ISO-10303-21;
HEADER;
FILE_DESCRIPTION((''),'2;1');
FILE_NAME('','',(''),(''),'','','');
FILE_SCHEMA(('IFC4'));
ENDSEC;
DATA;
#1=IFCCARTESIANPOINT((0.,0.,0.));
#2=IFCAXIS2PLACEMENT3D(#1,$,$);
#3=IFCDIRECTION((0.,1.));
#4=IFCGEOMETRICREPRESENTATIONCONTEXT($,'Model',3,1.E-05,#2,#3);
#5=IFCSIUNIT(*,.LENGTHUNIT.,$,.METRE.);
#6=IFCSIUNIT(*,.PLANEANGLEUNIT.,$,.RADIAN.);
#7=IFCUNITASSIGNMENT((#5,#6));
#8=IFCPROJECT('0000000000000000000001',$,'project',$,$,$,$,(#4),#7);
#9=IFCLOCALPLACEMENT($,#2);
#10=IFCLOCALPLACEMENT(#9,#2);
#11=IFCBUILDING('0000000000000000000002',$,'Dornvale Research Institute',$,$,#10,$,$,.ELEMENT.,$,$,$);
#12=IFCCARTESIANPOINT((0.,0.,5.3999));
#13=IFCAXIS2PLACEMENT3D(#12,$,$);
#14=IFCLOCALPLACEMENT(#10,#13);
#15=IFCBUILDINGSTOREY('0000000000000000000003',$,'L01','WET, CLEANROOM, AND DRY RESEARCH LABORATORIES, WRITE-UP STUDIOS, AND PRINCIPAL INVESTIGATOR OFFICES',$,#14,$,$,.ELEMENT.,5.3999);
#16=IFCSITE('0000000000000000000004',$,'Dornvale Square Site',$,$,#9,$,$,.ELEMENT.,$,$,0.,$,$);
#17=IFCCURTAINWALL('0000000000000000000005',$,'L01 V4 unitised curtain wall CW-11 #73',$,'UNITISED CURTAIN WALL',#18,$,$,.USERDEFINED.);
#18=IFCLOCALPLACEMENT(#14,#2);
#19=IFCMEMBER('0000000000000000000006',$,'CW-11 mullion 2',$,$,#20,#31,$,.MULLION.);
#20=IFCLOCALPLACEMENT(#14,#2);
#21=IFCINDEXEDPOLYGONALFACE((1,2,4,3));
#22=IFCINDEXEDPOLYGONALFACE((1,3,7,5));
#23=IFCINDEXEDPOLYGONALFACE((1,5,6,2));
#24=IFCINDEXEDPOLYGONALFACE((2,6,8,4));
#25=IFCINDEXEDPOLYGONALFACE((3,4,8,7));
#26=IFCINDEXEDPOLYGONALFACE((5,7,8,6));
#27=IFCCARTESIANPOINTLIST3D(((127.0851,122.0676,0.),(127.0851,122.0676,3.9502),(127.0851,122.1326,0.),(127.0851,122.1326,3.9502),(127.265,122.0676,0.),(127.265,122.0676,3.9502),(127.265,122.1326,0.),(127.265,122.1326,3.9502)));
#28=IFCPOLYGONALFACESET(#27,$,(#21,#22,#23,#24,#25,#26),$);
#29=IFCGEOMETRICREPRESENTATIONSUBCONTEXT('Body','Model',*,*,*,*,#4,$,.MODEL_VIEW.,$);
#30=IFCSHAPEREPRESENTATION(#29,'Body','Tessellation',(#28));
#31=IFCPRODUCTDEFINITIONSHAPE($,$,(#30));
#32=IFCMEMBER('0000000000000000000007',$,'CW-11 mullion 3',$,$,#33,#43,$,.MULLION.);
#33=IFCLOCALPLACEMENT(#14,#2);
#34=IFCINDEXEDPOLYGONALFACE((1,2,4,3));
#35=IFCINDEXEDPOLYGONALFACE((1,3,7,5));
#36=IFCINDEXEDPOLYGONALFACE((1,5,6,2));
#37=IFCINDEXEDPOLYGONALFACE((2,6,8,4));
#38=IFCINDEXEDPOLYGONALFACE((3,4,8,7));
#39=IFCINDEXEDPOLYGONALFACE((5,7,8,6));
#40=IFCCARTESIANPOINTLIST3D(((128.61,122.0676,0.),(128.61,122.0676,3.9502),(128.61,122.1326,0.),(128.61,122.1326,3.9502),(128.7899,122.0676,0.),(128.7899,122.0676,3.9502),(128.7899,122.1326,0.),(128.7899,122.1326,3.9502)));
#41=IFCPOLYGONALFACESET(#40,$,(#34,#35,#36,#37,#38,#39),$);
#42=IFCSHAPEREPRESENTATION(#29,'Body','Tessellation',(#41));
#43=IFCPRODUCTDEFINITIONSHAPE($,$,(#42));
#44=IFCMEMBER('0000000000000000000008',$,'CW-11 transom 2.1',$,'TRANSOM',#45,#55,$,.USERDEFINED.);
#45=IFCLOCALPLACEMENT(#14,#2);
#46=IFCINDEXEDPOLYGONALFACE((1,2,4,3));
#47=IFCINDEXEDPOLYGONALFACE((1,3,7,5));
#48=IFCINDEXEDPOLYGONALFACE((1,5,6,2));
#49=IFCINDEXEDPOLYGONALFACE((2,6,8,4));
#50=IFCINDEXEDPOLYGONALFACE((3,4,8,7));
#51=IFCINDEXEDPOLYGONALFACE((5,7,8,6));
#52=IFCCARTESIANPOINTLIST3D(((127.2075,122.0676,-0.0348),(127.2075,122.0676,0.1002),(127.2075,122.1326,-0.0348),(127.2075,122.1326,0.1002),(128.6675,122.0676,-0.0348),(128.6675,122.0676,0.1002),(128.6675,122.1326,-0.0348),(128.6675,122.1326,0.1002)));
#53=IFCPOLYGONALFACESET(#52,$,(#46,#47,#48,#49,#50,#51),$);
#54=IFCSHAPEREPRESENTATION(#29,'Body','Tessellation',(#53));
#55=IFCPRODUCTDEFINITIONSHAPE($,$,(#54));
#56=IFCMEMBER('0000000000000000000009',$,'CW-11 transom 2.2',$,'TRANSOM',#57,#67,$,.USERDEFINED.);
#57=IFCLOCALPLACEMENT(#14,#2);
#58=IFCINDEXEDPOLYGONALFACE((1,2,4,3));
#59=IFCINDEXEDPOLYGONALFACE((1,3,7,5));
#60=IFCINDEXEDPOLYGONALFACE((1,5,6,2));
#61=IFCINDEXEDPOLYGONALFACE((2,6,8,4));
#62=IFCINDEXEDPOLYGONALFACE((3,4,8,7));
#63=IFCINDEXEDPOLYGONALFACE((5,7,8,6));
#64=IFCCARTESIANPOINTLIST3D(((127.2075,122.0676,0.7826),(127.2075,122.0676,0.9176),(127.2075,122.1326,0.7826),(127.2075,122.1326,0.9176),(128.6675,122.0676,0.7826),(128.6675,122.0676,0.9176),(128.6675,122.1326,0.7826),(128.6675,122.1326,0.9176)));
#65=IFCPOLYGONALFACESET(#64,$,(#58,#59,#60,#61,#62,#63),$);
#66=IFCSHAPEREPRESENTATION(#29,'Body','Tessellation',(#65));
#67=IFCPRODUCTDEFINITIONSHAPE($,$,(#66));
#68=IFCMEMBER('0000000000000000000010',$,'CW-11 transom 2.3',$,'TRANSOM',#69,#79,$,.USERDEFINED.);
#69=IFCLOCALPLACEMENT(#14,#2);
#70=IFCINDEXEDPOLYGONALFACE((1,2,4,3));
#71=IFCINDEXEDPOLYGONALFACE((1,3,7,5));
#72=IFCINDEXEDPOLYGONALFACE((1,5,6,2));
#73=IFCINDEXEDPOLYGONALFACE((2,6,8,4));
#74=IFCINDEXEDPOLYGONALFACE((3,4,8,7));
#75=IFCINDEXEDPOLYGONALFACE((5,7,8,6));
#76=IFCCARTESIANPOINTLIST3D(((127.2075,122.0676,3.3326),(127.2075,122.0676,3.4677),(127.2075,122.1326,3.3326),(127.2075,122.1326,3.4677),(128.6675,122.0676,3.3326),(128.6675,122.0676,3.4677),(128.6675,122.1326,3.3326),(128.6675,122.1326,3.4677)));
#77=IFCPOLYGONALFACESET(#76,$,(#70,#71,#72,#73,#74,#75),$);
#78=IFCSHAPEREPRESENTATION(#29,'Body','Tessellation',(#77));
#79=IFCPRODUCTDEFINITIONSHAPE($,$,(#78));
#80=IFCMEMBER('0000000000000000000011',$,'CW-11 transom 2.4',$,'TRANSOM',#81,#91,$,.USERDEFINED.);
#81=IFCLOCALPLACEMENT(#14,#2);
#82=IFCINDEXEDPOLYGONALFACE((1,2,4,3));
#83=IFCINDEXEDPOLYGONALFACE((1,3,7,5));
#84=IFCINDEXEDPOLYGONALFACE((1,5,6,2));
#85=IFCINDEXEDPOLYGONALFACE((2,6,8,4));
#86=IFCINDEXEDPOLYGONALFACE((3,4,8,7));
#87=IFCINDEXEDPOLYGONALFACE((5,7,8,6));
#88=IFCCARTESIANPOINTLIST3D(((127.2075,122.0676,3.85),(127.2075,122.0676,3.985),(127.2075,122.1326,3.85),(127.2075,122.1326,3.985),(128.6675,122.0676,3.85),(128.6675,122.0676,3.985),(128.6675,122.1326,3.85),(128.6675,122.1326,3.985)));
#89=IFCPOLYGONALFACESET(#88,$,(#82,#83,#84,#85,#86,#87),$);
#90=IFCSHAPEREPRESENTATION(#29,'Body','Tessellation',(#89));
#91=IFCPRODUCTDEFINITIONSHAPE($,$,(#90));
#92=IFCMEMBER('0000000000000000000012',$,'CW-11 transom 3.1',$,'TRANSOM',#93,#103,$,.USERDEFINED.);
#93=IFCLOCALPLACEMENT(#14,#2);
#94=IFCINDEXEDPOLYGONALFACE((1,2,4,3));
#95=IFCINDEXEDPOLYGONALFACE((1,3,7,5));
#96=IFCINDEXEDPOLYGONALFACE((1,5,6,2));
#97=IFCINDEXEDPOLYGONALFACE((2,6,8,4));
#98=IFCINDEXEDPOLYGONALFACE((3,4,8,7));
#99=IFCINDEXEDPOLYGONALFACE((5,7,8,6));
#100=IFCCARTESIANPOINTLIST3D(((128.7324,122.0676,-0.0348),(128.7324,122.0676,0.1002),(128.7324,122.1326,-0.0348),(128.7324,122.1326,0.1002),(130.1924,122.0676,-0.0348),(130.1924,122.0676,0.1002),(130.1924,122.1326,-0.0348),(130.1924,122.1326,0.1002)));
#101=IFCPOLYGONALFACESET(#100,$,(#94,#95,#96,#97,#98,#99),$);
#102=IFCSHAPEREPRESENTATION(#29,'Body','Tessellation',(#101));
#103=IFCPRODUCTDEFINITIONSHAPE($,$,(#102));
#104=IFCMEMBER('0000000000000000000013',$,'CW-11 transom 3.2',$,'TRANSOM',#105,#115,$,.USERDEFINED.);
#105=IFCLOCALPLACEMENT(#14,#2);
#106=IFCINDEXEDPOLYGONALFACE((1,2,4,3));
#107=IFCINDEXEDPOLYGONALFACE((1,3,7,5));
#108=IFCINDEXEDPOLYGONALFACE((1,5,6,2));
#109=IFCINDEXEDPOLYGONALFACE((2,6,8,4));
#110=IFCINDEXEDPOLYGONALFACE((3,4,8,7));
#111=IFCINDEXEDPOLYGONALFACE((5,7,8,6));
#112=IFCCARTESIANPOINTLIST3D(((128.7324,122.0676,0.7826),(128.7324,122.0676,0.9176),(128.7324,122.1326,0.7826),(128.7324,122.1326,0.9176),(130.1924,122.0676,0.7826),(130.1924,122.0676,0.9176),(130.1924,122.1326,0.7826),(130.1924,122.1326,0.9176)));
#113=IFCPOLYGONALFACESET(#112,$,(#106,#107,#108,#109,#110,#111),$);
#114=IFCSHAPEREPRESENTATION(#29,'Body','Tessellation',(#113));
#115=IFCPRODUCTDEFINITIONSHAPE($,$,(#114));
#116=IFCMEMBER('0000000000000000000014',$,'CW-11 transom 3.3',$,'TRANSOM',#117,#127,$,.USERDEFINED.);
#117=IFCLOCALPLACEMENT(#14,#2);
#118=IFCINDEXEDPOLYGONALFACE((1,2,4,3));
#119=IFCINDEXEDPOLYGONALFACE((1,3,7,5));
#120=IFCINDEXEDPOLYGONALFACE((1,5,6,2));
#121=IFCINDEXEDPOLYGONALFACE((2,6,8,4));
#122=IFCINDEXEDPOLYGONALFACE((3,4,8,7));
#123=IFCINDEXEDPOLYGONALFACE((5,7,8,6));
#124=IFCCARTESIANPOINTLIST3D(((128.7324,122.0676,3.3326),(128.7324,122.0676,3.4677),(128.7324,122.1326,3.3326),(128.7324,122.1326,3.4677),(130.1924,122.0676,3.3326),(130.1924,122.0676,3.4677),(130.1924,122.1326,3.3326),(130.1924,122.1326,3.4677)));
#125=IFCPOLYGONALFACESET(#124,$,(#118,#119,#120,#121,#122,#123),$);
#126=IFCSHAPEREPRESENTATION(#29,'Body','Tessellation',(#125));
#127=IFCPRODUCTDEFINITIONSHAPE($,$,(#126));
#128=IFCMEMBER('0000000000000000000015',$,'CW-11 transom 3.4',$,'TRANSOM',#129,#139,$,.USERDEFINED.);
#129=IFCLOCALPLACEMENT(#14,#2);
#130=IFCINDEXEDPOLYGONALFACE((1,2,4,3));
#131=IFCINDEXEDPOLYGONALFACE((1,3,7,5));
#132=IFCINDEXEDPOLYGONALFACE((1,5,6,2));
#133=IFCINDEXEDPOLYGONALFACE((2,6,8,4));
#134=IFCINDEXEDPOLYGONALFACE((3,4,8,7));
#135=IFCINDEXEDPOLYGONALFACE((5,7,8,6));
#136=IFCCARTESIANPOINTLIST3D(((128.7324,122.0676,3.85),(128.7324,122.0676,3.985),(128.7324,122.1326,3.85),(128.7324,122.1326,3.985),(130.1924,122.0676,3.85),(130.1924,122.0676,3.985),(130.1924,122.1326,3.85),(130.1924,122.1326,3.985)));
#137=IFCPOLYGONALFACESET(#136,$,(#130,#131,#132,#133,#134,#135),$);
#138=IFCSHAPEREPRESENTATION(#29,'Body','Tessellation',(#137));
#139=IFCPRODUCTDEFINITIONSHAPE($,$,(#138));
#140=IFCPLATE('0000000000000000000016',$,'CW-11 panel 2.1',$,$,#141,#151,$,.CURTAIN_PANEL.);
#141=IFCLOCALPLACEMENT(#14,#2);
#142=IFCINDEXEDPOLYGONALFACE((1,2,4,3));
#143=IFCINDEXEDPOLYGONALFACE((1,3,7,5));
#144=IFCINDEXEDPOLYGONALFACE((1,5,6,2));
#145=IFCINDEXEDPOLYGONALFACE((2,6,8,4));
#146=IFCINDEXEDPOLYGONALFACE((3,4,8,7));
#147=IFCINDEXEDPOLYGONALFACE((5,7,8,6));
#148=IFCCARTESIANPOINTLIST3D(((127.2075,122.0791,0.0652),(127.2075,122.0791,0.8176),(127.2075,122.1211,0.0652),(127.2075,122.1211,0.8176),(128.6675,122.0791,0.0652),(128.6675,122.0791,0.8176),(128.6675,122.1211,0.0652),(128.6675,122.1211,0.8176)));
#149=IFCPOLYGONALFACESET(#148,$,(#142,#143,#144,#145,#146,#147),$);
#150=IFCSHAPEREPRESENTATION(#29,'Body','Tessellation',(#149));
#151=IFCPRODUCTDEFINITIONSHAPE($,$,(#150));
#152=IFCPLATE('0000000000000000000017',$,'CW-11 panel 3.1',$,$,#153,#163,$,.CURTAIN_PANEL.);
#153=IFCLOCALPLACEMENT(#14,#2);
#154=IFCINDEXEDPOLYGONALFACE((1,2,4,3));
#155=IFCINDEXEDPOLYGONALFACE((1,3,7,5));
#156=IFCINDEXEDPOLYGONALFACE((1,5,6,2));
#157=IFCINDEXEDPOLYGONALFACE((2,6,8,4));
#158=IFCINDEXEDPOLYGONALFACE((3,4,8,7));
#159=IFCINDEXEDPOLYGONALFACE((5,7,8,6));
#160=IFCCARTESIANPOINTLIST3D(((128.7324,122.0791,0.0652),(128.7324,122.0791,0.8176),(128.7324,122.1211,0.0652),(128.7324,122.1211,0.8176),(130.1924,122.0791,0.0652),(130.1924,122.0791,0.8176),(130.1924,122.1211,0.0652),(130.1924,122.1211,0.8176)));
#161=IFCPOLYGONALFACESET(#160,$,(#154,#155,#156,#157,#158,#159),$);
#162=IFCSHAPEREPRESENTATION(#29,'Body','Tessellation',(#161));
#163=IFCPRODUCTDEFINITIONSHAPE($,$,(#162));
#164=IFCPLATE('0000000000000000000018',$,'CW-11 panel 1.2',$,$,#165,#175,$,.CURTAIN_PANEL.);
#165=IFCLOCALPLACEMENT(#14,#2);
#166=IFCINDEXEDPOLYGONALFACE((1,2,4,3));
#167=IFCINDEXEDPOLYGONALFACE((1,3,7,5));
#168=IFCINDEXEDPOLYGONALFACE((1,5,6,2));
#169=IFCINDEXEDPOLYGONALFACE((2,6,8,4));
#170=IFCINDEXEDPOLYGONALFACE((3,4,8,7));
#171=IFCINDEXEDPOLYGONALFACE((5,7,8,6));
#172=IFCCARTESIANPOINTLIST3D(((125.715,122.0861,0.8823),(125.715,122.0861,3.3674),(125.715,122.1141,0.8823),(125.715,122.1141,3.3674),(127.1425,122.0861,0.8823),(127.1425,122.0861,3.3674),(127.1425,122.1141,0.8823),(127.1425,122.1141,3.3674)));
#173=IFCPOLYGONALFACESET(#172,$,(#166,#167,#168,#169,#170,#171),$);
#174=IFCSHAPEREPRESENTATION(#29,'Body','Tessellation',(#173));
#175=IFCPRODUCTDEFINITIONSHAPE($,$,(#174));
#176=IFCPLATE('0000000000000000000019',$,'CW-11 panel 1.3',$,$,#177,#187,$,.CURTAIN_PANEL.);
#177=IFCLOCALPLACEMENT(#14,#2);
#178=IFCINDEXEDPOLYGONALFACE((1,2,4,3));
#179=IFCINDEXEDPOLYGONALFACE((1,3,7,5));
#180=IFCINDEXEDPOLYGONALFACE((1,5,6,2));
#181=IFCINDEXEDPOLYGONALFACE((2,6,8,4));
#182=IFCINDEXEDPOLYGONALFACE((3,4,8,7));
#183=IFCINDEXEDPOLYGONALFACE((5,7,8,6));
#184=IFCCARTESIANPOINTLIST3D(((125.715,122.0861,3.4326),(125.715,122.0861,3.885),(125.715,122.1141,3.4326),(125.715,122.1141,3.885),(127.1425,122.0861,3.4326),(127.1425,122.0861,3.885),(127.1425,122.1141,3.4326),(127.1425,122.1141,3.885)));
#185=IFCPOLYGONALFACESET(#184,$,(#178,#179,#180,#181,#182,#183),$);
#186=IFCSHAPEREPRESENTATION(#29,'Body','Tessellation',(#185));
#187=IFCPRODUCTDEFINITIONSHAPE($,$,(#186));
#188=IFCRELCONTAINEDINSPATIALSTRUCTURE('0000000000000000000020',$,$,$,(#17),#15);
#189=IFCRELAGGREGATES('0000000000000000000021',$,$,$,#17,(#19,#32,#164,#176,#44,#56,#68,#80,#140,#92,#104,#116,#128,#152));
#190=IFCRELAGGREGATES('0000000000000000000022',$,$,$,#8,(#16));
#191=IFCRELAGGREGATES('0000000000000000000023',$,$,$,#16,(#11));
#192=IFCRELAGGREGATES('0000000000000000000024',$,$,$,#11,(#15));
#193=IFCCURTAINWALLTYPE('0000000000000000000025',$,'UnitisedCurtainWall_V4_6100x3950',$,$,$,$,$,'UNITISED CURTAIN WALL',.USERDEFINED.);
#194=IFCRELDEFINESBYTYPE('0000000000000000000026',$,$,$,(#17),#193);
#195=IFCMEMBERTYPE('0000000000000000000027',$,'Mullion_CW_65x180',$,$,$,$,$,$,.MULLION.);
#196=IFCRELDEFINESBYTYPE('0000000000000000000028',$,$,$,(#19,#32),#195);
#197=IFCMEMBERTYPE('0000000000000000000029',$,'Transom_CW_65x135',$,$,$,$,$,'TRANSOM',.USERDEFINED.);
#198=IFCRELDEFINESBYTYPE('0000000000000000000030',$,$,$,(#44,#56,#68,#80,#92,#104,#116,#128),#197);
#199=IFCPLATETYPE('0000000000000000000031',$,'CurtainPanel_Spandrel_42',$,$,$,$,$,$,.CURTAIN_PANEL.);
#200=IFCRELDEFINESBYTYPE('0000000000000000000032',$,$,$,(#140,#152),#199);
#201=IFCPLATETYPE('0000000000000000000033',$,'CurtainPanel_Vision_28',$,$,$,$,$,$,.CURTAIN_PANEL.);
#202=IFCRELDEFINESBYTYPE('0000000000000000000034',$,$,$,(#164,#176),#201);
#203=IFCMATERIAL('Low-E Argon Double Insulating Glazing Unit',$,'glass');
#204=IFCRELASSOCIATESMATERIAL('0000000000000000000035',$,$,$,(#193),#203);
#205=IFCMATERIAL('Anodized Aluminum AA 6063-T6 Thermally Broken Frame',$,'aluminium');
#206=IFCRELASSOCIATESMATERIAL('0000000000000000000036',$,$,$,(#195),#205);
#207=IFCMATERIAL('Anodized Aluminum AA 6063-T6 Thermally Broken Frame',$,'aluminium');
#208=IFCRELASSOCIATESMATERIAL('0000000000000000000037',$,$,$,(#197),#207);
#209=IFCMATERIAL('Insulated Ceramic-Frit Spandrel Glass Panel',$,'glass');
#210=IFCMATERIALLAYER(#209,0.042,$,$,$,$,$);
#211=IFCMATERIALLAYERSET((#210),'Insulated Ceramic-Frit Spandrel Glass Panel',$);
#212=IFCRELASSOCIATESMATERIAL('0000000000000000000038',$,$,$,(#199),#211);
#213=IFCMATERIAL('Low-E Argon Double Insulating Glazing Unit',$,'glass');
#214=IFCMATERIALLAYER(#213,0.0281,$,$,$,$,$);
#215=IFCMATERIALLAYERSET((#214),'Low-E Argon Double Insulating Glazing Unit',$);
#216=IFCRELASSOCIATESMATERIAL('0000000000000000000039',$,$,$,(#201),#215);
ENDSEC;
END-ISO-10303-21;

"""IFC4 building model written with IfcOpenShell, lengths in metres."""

from ifc_helpers import new_model, si_unit, direction, frame, origin, origin_2d, place, context, subcontext, project, spatial, rectangle, extrude, material, layer, layer_set, material_profile, profile_set, type_object, element, aggregate, save


model = new_model("IFC4")

# Units and contexts
model_context = context("Model", 3, precision=1e-05, world=origin(), true_north=direction((0.0, 1.0)))
body_context = subcontext(model_context, "Body", "Model", "MODEL_VIEW")
ifc_project = project(units=[si_unit("LENGTHUNIT", "METRE"), si_unit("PLANEANGLEUNIT", "RADIAN")], contexts=[model_context])

# Site, building, storey
site_placement = place(None, origin())
site = spatial("IfcSite", under=ifc_project, at=site_placement, Name="Dornvale Square Site", CompositionType="ELEMENT", RefElevation=0.0)
building_placement = place(site_placement, origin())
building = spatial("IfcBuilding", under=site, at=building_placement, Name="Dornvale Research Institute", CompositionType="ELEMENT")
storey_placement = place(building_placement, frame((0.0, 0.0, 5.3999)))
storey = spatial("IfcBuildingStorey", under=building, at=storey_placement, Name="L01", Description="WET, CLEANROOM, AND DRY RESEARCH LABORATORIES, WRITE-UP STUDIOS, AND PRINCIPAL INVESTIGATOR OFFICES", CompositionType="ELEMENT", Elevation=5.3999)

# Curtain wall, members, plates
ifc_material_1 = material(Name="Low-E Argon Double Insulating Glazing Unit", Category="glass")
curtain_wall_type = type_object("IfcCurtainWallType", Name="UnitisedCurtainWall_V4_6100x3950", ElementType="UNITISED CURTAIN WALL", PredefinedType="USERDEFINED", material=ifc_material_1)
curtain_wall_placement = place(storey_placement, origin())
curtain_wall = element("IfcCurtainWall", 1, at=curtain_wall_placement, inside=storey, type_object=curtain_wall_type, Name="L01 V4 unitised curtain wall CW-11 #73", ObjectType="UNITISED CURTAIN WALL", PredefinedType="USERDEFINED")
ifc_material_2 = material(Name="Anodized Aluminum AA 6063-T6 Thermally Broken Frame", Category="aluminium")
ifc_material_profile_1 = material_profile(ifc_material_2, rectangle(XDim=0.0649, YDim=0.1799, at=origin_2d()), Name="ALU MULLION 65x180")
ifc_profile_set_1 = profile_set([ifc_material_profile_1], Name="Anodized Aluminum AA 6063-T6 Thermally Broken Frame")
member_type_1 = type_object("IfcMemberType", Name="Mullion_CW_65x180", PredefinedType="MULLION", material=ifc_profile_set_1)
member_1_placement = place(storey_placement, frame((127.175, 122.1001, 0.0), z_axis=(0.0, 0.0, 1.0), x_axis=(0.0, 1.0, 0.0)))
member_1 = element("IfcMember", 2, at=member_1_placement, type_object=member_type_1, Name="CW-11 mullion 2", PredefinedType="MULLION", context=body_context, shape_type="SweptSolid", body=[
    extrude(rectangle(XDim=0.0649, YDim=0.1799, at=origin_2d()), origin(), (0.0, 0.0, 1.0), 3.9502),
])
member_2_placement = place(storey_placement, frame((128.7, 122.1001, 0.0), z_axis=(0.0, 0.0, 1.0), x_axis=(0.0, 1.0, 0.0)))
member_2 = element("IfcMember", 3, at=member_2_placement, type_object=member_type_1, Name="CW-11 mullion 3", PredefinedType="MULLION", context=body_context, shape_type="SweptSolid", body=[
    extrude(rectangle(XDim=0.0649, YDim=0.1799, at=origin_2d()), origin(), (0.0, 0.0, 1.0), 3.9502),
])
ifc_material_3 = material(Name="Anodized Aluminum AA 6063-T6 Thermally Broken Frame", Category="aluminium")
ifc_material_profile_2 = material_profile(ifc_material_3, rectangle(XDim=0.0649, YDim=0.135, at=origin_2d()), Name="ALU TRANSOM 65x135")
ifc_profile_set_2 = profile_set([ifc_material_profile_2], Name="Anodized Aluminum AA 6063-T6 Thermally Broken Frame")
member_type_2 = type_object("IfcMemberType", Name="Transom_CW_65x135", ElementType="TRANSOM", PredefinedType="USERDEFINED", material=ifc_profile_set_2)
member_3_placement = place(storey_placement, frame((127.2075, 122.1001, 0.0327), z_axis=(1.0, 0.0, 0.0), x_axis=(0.0, 1.0, 0.0)))
member_3 = element("IfcMember", 4, at=member_3_placement, type_object=member_type_2, Name="CW-11 transom 2.1", ObjectType="TRANSOM", PredefinedType="USERDEFINED", context=body_context, shape_type="SweptSolid", body=[
    extrude(rectangle(XDim=0.0649, YDim=0.135, at=origin_2d()), origin(), (0.0, 0.0, 1.0), 1.46),
])
member_4_placement = place(storey_placement, frame((127.2075, 122.1001, 0.8501), z_axis=(1.0, 0.0, 0.0), x_axis=(0.0, 1.0, 0.0)))
member_4 = element("IfcMember", 5, at=member_4_placement, type_object=member_type_2, Name="CW-11 transom 2.2", ObjectType="TRANSOM", PredefinedType="USERDEFINED", context=body_context, shape_type="SweptSolid", body=[
    extrude(rectangle(XDim=0.0649, YDim=0.135, at=origin_2d()), origin(), (0.0, 0.0, 1.0), 1.46),
])
member_5_placement = place(storey_placement, frame((127.2075, 122.1001, 3.4001), z_axis=(1.0, 0.0, 0.0), x_axis=(0.0, 1.0, 0.0)))
member_5 = element("IfcMember", 6, at=member_5_placement, type_object=member_type_2, Name="CW-11 transom 2.3", ObjectType="TRANSOM", PredefinedType="USERDEFINED", context=body_context, shape_type="SweptSolid", body=[
    extrude(rectangle(XDim=0.0649, YDim=0.135, at=origin_2d()), origin(), (0.0, 0.0, 1.0), 1.46),
])
member_6_placement = place(storey_placement, frame((127.2075, 122.1001, 3.9175), z_axis=(1.0, 0.0, 0.0), x_axis=(0.0, 1.0, 0.0)))
member_6 = element("IfcMember", 7, at=member_6_placement, type_object=member_type_2, Name="CW-11 transom 2.4", ObjectType="TRANSOM", PredefinedType="USERDEFINED", context=body_context, shape_type="SweptSolid", body=[
    extrude(rectangle(XDim=0.0649, YDim=0.135, at=origin_2d()), origin(), (0.0, 0.0, 1.0), 1.46),
])
member_7_placement = place(storey_placement, frame((128.7324, 122.1001, 0.0327), z_axis=(1.0, 0.0, 0.0), x_axis=(0.0, 1.0, 0.0)))
member_7 = element("IfcMember", 8, at=member_7_placement, type_object=member_type_2, Name="CW-11 transom 3.1", ObjectType="TRANSOM", PredefinedType="USERDEFINED", context=body_context, shape_type="SweptSolid", body=[
    extrude(rectangle(XDim=0.0649, YDim=0.135, at=origin_2d()), origin(), (0.0, 0.0, 1.0), 1.46),
])
member_8_placement = place(storey_placement, frame((128.7324, 122.1001, 0.8501), z_axis=(1.0, 0.0, 0.0), x_axis=(0.0, 1.0, 0.0)))
member_8 = element("IfcMember", 9, at=member_8_placement, type_object=member_type_2, Name="CW-11 transom 3.2", ObjectType="TRANSOM", PredefinedType="USERDEFINED", context=body_context, shape_type="SweptSolid", body=[
    extrude(rectangle(XDim=0.0649, YDim=0.135, at=origin_2d()), origin(), (0.0, 0.0, 1.0), 1.46),
])
member_9_placement = place(storey_placement, frame((128.7324, 122.1001, 3.4001), z_axis=(1.0, 0.0, 0.0), x_axis=(0.0, 1.0, 0.0)))
member_9 = element("IfcMember", 10, at=member_9_placement, type_object=member_type_2, Name="CW-11 transom 3.3", ObjectType="TRANSOM", PredefinedType="USERDEFINED", context=body_context, shape_type="SweptSolid", body=[
    extrude(rectangle(XDim=0.0649, YDim=0.135, at=origin_2d()), origin(), (0.0, 0.0, 1.0), 1.46),
])
member_10_placement = place(storey_placement, frame((128.7324, 122.1001, 3.9175), z_axis=(1.0, 0.0, 0.0), x_axis=(0.0, 1.0, 0.0)))
member_10 = element("IfcMember", 11, at=member_10_placement, type_object=member_type_2, Name="CW-11 transom 3.4", ObjectType="TRANSOM", PredefinedType="USERDEFINED", context=body_context, shape_type="SweptSolid", body=[
    extrude(rectangle(XDim=0.0649, YDim=0.135, at=origin_2d()), origin(), (0.0, 0.0, 1.0), 1.46),
])
ifc_material_4 = material(Name="Insulated Ceramic-Frit Spandrel Glass Panel", Category="glass")
ifc_layer_1 = layer(ifc_material_4, 0.042)
ifc_layer_set_1 = layer_set([ifc_layer_1], Name="Insulated Ceramic-Frit Spandrel Glass Panel")
plate_type_1 = type_object("IfcPlateType", Name="CurtainPanel_Spandrel_42", PredefinedType="CURTAIN_PANEL", material=ifc_layer_set_1)
plate_1_placement = place(storey_placement, frame((127.9375, 122.1001, 0.0652), z_axis=(0.0, 0.0, 1.0), x_axis=(1.0, 0.0, 0.0)))
plate_1 = element("IfcPlate", 12, at=plate_1_placement, type_object=plate_type_1, Name="CW-11 panel 2.1", PredefinedType="CURTAIN_PANEL", context=body_context, shape_type="SweptSolid", body=[
    extrude(rectangle(XDim=1.46, YDim=0.042, at=origin_2d()), origin(), (0.0, 0.0, 1.0), 0.7524),
])
plate_2_placement = place(storey_placement, frame((129.4624, 122.1001, 0.0652), z_axis=(0.0, 0.0, 1.0), x_axis=(1.0, 0.0, 0.0)))
plate_2 = element("IfcPlate", 13, at=plate_2_placement, type_object=plate_type_1, Name="CW-11 panel 3.1", PredefinedType="CURTAIN_PANEL", context=body_context, shape_type="SweptSolid", body=[
    extrude(rectangle(XDim=1.46, YDim=0.042, at=origin_2d()), origin(), (0.0, 0.0, 1.0), 0.7524),
])
ifc_material_5 = material(Name="Low-E Argon Double Insulating Glazing Unit", Category="glass")
ifc_layer_2 = layer(ifc_material_5, 0.0281)
ifc_layer_set_2 = layer_set([ifc_layer_2], Name="Low-E Argon Double Insulating Glazing Unit")
plate_type_2 = type_object("IfcPlateType", Name="CurtainPanel_Vision_28", PredefinedType="CURTAIN_PANEL", material=ifc_layer_set_2)
plate_3_placement = place(storey_placement, frame((126.4287, 122.1001, 0.8823), z_axis=(0.0, 0.0, 1.0), x_axis=(1.0, 0.0, 0.0)))
plate_3 = element("IfcPlate", 14, at=plate_3_placement, type_object=plate_type_2, Name="CW-11 panel 1.2", PredefinedType="CURTAIN_PANEL", context=body_context, shape_type="SweptSolid", body=[
    extrude(rectangle(XDim=1.4275, YDim=0.0281, at=origin_2d()), origin(), (0.0, 0.0, 1.0), 2.4851),
])
plate_4_placement = place(storey_placement, frame((126.4287, 122.1001, 3.4326), z_axis=(0.0, 0.0, 1.0), x_axis=(1.0, 0.0, 0.0)))
plate_4 = element("IfcPlate", 15, at=plate_4_placement, type_object=plate_type_2, Name="CW-11 panel 1.3", PredefinedType="CURTAIN_PANEL", context=body_context, shape_type="SweptSolid", body=[
    extrude(rectangle(XDim=1.4275, YDim=0.0281, at=origin_2d()), origin(), (0.0, 0.0, 1.0), 0.4524),
])
aggregate(curtain_wall, [member_1, member_2, plate_3, plate_4, member_3, member_4, member_5, member_6, plate_1, member_7, member_8, member_9, member_10, plate_2])

save(model, "model.ifc")
